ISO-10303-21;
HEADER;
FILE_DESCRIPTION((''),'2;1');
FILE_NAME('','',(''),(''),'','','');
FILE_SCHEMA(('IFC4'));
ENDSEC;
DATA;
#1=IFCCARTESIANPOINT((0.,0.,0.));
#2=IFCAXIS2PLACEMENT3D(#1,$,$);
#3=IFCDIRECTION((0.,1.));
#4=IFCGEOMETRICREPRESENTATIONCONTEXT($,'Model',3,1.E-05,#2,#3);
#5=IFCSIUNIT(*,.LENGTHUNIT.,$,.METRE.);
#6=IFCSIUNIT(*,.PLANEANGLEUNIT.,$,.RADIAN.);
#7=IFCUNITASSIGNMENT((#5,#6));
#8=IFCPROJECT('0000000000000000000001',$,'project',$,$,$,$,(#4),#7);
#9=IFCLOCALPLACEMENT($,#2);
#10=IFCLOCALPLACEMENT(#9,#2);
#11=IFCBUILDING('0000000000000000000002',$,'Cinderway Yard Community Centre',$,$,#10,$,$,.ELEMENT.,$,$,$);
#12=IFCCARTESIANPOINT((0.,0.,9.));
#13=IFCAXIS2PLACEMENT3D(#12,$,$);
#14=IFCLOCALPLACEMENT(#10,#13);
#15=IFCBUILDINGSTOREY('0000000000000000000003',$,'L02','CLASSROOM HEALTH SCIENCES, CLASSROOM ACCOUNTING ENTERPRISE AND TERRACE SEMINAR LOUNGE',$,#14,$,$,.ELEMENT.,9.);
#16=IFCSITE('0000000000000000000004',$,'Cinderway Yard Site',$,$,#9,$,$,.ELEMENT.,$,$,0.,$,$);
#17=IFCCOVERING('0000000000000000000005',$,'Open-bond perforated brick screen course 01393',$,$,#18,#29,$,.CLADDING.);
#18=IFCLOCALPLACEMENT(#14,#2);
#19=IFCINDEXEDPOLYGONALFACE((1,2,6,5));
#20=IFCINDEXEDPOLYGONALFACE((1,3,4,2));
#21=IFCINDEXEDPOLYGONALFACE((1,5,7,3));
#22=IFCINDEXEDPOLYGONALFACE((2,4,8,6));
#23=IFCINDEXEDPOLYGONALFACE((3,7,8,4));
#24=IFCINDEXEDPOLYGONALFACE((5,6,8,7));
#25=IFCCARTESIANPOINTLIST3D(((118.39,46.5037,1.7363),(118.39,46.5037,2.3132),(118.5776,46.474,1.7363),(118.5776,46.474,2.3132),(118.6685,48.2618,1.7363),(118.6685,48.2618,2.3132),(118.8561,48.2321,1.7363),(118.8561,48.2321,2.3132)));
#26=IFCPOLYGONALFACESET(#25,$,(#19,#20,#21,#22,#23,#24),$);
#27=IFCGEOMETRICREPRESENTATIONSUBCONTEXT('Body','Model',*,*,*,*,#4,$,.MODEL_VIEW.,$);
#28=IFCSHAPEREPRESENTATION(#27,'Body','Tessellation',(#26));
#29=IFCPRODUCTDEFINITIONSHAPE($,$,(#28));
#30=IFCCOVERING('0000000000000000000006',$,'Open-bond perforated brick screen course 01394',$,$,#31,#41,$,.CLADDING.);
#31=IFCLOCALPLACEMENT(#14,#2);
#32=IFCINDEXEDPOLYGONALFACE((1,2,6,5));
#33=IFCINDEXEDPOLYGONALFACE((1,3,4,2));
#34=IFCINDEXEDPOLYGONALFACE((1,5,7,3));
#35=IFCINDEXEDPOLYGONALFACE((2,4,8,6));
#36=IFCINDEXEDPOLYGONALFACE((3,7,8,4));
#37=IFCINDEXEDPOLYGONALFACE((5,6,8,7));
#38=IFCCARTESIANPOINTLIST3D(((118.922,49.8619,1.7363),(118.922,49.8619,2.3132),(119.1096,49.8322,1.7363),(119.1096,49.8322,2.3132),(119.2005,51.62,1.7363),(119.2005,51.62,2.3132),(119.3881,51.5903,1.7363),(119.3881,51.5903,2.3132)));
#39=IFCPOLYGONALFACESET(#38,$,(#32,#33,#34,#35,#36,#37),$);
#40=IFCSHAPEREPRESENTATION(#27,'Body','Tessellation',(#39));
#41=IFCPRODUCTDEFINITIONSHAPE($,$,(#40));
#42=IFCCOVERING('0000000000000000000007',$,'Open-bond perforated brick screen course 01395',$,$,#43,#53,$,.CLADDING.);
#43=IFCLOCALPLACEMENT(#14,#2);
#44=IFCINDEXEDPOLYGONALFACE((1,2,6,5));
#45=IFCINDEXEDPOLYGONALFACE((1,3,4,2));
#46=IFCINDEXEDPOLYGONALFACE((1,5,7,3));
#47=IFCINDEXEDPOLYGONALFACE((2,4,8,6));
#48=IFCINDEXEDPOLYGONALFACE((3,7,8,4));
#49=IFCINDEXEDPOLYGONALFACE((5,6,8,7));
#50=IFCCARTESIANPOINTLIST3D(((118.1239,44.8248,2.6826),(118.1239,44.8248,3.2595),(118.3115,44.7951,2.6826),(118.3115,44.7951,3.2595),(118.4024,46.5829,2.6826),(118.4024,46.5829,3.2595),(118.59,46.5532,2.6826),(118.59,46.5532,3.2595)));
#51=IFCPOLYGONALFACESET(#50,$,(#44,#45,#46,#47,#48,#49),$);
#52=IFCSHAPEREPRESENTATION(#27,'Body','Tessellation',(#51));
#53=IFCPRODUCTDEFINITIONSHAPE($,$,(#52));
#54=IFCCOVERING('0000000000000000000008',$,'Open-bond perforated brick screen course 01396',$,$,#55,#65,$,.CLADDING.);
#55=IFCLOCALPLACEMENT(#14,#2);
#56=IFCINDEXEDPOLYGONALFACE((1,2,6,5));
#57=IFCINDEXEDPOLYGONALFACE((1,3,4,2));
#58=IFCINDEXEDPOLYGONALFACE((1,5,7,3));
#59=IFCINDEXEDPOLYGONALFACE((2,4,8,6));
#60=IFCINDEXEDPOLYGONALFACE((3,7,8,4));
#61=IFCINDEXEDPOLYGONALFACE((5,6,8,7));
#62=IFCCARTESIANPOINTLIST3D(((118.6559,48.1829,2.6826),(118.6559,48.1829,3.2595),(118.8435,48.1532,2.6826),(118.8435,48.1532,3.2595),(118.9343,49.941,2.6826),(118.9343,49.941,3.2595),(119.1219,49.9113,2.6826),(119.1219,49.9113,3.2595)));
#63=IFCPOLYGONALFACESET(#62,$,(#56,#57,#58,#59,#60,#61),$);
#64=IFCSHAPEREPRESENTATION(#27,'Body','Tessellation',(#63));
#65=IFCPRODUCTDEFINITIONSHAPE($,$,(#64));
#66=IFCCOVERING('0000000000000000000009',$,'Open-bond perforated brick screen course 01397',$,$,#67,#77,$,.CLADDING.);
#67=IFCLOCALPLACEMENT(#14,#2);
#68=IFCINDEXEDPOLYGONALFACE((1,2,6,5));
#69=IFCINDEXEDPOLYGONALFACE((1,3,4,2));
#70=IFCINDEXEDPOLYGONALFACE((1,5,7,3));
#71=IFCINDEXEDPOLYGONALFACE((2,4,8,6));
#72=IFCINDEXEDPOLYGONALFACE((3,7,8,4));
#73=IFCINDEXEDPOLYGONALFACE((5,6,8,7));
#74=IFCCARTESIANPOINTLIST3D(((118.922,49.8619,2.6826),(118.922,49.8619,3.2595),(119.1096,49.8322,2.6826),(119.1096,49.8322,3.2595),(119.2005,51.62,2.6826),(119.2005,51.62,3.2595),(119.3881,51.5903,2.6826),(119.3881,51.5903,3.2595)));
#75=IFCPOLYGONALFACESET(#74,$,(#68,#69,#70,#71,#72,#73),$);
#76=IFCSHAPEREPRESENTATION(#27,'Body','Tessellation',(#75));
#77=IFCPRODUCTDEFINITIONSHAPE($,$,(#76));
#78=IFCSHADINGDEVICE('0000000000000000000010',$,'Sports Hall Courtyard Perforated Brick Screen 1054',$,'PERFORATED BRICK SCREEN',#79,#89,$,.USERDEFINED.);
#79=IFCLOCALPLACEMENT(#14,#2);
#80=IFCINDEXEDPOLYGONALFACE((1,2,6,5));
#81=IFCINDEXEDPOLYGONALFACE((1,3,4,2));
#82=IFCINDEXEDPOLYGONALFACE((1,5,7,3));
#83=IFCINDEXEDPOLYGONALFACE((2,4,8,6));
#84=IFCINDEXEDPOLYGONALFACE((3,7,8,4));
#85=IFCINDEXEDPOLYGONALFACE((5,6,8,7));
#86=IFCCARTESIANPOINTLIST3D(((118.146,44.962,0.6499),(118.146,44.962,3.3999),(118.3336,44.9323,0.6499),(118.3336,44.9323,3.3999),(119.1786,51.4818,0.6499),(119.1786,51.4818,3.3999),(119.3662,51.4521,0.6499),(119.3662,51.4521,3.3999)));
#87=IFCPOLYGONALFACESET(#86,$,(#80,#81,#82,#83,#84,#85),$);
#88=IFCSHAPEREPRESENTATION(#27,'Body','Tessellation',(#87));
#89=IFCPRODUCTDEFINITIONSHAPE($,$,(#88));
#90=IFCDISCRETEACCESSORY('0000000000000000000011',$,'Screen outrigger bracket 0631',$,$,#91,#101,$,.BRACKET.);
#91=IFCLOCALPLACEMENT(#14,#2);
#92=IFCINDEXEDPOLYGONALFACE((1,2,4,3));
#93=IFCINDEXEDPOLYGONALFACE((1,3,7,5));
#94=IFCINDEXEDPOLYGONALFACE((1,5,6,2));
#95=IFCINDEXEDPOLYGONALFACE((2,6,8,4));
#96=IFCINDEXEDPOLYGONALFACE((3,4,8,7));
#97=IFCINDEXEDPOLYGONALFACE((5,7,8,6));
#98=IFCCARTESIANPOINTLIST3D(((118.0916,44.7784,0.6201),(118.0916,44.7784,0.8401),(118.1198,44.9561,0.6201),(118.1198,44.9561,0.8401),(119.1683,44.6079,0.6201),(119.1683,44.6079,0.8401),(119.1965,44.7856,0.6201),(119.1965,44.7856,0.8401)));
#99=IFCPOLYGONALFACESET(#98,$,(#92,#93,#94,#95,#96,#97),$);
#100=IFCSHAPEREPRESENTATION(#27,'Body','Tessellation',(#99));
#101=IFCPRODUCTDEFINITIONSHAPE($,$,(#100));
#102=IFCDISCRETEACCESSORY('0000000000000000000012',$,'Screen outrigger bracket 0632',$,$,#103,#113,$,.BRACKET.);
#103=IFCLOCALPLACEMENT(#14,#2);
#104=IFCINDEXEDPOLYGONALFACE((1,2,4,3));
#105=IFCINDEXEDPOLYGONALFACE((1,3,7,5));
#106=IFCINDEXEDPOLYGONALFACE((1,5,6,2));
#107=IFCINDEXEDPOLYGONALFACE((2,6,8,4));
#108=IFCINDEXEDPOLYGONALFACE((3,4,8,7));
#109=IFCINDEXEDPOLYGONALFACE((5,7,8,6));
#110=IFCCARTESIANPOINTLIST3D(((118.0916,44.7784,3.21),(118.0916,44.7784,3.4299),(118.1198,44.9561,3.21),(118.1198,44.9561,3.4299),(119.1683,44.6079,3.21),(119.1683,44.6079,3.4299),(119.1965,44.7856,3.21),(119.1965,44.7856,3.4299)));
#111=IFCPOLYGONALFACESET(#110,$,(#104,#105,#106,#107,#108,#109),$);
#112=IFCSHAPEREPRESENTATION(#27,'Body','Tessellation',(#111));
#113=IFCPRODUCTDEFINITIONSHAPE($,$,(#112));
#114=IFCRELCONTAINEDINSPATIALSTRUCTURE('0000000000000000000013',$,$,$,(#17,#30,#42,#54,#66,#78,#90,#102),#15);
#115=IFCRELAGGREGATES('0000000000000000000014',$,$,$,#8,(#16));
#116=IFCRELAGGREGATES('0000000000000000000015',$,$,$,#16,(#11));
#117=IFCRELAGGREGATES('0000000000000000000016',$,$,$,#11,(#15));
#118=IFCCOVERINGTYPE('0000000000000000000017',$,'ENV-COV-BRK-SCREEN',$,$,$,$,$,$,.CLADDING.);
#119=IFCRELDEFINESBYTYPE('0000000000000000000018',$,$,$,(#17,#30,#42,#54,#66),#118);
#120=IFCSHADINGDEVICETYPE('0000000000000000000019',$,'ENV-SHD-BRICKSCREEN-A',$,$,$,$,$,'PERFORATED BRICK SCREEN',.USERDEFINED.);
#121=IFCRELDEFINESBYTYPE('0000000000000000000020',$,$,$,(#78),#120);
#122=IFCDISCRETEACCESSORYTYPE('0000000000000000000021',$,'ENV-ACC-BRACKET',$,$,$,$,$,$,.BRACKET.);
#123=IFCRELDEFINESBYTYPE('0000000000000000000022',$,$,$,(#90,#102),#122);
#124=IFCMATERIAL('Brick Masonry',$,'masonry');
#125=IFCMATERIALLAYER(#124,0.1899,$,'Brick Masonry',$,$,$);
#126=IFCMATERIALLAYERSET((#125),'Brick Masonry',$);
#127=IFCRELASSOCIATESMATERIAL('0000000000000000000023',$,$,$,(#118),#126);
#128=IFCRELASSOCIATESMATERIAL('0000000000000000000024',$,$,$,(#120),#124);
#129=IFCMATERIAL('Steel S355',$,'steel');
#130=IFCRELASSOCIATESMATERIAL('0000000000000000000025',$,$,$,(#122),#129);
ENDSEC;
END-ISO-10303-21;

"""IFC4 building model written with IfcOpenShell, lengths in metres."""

from ifc_helpers import new_model, si_unit, direction, frame, origin, origin_2d, place, context, subcontext, project, spatial, rectangle, extrude, material, layer, layer_set, type_object, element, save


model = new_model("IFC4")

# Units and contexts
model_context = context("Model", 3, precision=1e-05, world=origin(), true_north=direction((0.0, 1.0)))
body_context = subcontext(model_context, "Body", "Model", "MODEL_VIEW")
ifc_project = project(units=[si_unit("LENGTHUNIT", "METRE"), si_unit("PLANEANGLEUNIT", "RADIAN")], contexts=[model_context])

# Site, building, storey
site_placement = place(None, origin())
site = spatial("IfcSite", under=ifc_project, at=site_placement, Name="Cinderway Yard Site", CompositionType="ELEMENT", RefElevation=0.0)
building_placement = place(site_placement, origin())
building = spatial("IfcBuilding", under=site, at=building_placement, Name="Cinderway Yard Community Centre", CompositionType="ELEMENT")
storey_placement = place(building_placement, frame((0.0, 0.0, 9.0)))
storey = spatial("IfcBuildingStorey", under=building, at=storey_placement, Name="L02", Description="CLASSROOM HEALTH SCIENCES, CLASSROOM ACCOUNTING ENTERPRISE AND TERRACE SEMINAR LOUNGE", CompositionType="ELEMENT", Elevation=9.0)

# Shared definitions
ifc_material_1 = material(Name="Steel S355", Category="steel")

# Coverings
ifc_material_2 = material(Name="Brick Masonry", Category="masonry")
ifc_layer_1 = layer(ifc_material_2, 0.1899, Name="Brick Masonry")
ifc_layer_set_1 = layer_set([ifc_layer_1], Name="Brick Masonry")
covering_type = type_object("IfcCoveringType", Name="ENV-COV-BRK-SCREEN", PredefinedType="CLADDING", material=ifc_layer_set_1)
for number, where, z_axis, x_axis, name in (
    (1, (118.623, 47.3679, 1.7363), (0.0, 0.0, 1.0), (0.156434, 0.987688, 0.0), "Open-bond perforated brick screen course 01393"),
    (2, (119.155, 50.7261, 1.7363), (0.0, 0.0, 1.0), (0.156434, 0.987688, 0.0), "Open-bond perforated brick screen course 01394"),
    (3, (118.3569, 45.689, 2.6826), (0.0, 0.0, 1.0), (0.156434, 0.987688, 0.0), "Open-bond perforated brick screen course 01395"),
    (4, (118.8889, 49.0471, 2.6826), (0.0, 0.0, 1.0), (0.156434, 0.987688, 0.0), "Open-bond perforated brick screen course 01396"),
    (5, (119.155, 50.7261, 2.6826), (0.0, 0.0, 1.0), (0.156434, 0.987688, 0.0), "Open-bond perforated brick screen course 01397"),
):
    element("IfcCovering", number, at=place(storey_placement, frame(where, z_axis=z_axis, x_axis=x_axis)), inside=storey, type_object=covering_type, Name=name, PredefinedType="CLADDING", context=body_context, shape_type="SweptSolid", body=[
        extrude(rectangle(XDim=1.78, YDim=0.1899, at=origin_2d()), origin(), (0.0, 0.0, 1.0), 0.5769),
    ])

# Shading device
shading_device_type = type_object("IfcShadingDeviceType", Name="ENV-SHD-BRICKSCREEN-A", ElementType="PERFORATED BRICK SCREEN", PredefinedType="USERDEFINED", material=ifc_material_2)
shading_device_placement = place(storey_placement, frame((118.7561, 48.207, 0.6499), z_axis=(0.0, 0.0, 1.0), x_axis=(0.156434, 0.987688, 0.0)))
element("IfcShadingDevice", 6, at=shading_device_placement, inside=storey, type_object=shading_device_type, Name="Sports Hall Courtyard Perforated Brick Screen 1054", ObjectType="PERFORATED BRICK SCREEN", PredefinedType="USERDEFINED", context=body_context, shape_type="SweptSolid", body=[
    extrude(rectangle(XDim=6.6011, YDim=0.1899, at=origin_2d()), origin(), (0.0, 0.0, 1.0), 2.75),
])

# Discrete accessories
discrete_accessory_type = type_object("IfcDiscreteAccessoryType", Name="ENV-ACC-BRACKET", PredefinedType="BRACKET", material=ifc_material_1)
for number, where, z_axis, x_axis, name in (
    (7, (118.644, 44.782, 0.6201), (0.0, 0.0, 1.0), (-0.987688, 0.156434, 0.0), "Screen outrigger bracket 0631"),
    (8, (118.644, 44.782, 3.21), (0.0, 0.0, 1.0), (-0.987688, 0.156434, 0.0), "Screen outrigger bracket 0632"),
):
    element("IfcDiscreteAccessory", number, at=place(storey_placement, frame(where, z_axis=z_axis, x_axis=x_axis)), inside=storey, type_object=discrete_accessory_type, Name=name, PredefinedType="BRACKET", context=body_context, shape_type="SweptSolid", body=[
        extrude(rectangle(XDim=1.0901, YDim=0.1799, at=origin_2d()), origin(), (0.0, 0.0, 1.0), 0.22),
    ])

save(model, "model.ifc")
